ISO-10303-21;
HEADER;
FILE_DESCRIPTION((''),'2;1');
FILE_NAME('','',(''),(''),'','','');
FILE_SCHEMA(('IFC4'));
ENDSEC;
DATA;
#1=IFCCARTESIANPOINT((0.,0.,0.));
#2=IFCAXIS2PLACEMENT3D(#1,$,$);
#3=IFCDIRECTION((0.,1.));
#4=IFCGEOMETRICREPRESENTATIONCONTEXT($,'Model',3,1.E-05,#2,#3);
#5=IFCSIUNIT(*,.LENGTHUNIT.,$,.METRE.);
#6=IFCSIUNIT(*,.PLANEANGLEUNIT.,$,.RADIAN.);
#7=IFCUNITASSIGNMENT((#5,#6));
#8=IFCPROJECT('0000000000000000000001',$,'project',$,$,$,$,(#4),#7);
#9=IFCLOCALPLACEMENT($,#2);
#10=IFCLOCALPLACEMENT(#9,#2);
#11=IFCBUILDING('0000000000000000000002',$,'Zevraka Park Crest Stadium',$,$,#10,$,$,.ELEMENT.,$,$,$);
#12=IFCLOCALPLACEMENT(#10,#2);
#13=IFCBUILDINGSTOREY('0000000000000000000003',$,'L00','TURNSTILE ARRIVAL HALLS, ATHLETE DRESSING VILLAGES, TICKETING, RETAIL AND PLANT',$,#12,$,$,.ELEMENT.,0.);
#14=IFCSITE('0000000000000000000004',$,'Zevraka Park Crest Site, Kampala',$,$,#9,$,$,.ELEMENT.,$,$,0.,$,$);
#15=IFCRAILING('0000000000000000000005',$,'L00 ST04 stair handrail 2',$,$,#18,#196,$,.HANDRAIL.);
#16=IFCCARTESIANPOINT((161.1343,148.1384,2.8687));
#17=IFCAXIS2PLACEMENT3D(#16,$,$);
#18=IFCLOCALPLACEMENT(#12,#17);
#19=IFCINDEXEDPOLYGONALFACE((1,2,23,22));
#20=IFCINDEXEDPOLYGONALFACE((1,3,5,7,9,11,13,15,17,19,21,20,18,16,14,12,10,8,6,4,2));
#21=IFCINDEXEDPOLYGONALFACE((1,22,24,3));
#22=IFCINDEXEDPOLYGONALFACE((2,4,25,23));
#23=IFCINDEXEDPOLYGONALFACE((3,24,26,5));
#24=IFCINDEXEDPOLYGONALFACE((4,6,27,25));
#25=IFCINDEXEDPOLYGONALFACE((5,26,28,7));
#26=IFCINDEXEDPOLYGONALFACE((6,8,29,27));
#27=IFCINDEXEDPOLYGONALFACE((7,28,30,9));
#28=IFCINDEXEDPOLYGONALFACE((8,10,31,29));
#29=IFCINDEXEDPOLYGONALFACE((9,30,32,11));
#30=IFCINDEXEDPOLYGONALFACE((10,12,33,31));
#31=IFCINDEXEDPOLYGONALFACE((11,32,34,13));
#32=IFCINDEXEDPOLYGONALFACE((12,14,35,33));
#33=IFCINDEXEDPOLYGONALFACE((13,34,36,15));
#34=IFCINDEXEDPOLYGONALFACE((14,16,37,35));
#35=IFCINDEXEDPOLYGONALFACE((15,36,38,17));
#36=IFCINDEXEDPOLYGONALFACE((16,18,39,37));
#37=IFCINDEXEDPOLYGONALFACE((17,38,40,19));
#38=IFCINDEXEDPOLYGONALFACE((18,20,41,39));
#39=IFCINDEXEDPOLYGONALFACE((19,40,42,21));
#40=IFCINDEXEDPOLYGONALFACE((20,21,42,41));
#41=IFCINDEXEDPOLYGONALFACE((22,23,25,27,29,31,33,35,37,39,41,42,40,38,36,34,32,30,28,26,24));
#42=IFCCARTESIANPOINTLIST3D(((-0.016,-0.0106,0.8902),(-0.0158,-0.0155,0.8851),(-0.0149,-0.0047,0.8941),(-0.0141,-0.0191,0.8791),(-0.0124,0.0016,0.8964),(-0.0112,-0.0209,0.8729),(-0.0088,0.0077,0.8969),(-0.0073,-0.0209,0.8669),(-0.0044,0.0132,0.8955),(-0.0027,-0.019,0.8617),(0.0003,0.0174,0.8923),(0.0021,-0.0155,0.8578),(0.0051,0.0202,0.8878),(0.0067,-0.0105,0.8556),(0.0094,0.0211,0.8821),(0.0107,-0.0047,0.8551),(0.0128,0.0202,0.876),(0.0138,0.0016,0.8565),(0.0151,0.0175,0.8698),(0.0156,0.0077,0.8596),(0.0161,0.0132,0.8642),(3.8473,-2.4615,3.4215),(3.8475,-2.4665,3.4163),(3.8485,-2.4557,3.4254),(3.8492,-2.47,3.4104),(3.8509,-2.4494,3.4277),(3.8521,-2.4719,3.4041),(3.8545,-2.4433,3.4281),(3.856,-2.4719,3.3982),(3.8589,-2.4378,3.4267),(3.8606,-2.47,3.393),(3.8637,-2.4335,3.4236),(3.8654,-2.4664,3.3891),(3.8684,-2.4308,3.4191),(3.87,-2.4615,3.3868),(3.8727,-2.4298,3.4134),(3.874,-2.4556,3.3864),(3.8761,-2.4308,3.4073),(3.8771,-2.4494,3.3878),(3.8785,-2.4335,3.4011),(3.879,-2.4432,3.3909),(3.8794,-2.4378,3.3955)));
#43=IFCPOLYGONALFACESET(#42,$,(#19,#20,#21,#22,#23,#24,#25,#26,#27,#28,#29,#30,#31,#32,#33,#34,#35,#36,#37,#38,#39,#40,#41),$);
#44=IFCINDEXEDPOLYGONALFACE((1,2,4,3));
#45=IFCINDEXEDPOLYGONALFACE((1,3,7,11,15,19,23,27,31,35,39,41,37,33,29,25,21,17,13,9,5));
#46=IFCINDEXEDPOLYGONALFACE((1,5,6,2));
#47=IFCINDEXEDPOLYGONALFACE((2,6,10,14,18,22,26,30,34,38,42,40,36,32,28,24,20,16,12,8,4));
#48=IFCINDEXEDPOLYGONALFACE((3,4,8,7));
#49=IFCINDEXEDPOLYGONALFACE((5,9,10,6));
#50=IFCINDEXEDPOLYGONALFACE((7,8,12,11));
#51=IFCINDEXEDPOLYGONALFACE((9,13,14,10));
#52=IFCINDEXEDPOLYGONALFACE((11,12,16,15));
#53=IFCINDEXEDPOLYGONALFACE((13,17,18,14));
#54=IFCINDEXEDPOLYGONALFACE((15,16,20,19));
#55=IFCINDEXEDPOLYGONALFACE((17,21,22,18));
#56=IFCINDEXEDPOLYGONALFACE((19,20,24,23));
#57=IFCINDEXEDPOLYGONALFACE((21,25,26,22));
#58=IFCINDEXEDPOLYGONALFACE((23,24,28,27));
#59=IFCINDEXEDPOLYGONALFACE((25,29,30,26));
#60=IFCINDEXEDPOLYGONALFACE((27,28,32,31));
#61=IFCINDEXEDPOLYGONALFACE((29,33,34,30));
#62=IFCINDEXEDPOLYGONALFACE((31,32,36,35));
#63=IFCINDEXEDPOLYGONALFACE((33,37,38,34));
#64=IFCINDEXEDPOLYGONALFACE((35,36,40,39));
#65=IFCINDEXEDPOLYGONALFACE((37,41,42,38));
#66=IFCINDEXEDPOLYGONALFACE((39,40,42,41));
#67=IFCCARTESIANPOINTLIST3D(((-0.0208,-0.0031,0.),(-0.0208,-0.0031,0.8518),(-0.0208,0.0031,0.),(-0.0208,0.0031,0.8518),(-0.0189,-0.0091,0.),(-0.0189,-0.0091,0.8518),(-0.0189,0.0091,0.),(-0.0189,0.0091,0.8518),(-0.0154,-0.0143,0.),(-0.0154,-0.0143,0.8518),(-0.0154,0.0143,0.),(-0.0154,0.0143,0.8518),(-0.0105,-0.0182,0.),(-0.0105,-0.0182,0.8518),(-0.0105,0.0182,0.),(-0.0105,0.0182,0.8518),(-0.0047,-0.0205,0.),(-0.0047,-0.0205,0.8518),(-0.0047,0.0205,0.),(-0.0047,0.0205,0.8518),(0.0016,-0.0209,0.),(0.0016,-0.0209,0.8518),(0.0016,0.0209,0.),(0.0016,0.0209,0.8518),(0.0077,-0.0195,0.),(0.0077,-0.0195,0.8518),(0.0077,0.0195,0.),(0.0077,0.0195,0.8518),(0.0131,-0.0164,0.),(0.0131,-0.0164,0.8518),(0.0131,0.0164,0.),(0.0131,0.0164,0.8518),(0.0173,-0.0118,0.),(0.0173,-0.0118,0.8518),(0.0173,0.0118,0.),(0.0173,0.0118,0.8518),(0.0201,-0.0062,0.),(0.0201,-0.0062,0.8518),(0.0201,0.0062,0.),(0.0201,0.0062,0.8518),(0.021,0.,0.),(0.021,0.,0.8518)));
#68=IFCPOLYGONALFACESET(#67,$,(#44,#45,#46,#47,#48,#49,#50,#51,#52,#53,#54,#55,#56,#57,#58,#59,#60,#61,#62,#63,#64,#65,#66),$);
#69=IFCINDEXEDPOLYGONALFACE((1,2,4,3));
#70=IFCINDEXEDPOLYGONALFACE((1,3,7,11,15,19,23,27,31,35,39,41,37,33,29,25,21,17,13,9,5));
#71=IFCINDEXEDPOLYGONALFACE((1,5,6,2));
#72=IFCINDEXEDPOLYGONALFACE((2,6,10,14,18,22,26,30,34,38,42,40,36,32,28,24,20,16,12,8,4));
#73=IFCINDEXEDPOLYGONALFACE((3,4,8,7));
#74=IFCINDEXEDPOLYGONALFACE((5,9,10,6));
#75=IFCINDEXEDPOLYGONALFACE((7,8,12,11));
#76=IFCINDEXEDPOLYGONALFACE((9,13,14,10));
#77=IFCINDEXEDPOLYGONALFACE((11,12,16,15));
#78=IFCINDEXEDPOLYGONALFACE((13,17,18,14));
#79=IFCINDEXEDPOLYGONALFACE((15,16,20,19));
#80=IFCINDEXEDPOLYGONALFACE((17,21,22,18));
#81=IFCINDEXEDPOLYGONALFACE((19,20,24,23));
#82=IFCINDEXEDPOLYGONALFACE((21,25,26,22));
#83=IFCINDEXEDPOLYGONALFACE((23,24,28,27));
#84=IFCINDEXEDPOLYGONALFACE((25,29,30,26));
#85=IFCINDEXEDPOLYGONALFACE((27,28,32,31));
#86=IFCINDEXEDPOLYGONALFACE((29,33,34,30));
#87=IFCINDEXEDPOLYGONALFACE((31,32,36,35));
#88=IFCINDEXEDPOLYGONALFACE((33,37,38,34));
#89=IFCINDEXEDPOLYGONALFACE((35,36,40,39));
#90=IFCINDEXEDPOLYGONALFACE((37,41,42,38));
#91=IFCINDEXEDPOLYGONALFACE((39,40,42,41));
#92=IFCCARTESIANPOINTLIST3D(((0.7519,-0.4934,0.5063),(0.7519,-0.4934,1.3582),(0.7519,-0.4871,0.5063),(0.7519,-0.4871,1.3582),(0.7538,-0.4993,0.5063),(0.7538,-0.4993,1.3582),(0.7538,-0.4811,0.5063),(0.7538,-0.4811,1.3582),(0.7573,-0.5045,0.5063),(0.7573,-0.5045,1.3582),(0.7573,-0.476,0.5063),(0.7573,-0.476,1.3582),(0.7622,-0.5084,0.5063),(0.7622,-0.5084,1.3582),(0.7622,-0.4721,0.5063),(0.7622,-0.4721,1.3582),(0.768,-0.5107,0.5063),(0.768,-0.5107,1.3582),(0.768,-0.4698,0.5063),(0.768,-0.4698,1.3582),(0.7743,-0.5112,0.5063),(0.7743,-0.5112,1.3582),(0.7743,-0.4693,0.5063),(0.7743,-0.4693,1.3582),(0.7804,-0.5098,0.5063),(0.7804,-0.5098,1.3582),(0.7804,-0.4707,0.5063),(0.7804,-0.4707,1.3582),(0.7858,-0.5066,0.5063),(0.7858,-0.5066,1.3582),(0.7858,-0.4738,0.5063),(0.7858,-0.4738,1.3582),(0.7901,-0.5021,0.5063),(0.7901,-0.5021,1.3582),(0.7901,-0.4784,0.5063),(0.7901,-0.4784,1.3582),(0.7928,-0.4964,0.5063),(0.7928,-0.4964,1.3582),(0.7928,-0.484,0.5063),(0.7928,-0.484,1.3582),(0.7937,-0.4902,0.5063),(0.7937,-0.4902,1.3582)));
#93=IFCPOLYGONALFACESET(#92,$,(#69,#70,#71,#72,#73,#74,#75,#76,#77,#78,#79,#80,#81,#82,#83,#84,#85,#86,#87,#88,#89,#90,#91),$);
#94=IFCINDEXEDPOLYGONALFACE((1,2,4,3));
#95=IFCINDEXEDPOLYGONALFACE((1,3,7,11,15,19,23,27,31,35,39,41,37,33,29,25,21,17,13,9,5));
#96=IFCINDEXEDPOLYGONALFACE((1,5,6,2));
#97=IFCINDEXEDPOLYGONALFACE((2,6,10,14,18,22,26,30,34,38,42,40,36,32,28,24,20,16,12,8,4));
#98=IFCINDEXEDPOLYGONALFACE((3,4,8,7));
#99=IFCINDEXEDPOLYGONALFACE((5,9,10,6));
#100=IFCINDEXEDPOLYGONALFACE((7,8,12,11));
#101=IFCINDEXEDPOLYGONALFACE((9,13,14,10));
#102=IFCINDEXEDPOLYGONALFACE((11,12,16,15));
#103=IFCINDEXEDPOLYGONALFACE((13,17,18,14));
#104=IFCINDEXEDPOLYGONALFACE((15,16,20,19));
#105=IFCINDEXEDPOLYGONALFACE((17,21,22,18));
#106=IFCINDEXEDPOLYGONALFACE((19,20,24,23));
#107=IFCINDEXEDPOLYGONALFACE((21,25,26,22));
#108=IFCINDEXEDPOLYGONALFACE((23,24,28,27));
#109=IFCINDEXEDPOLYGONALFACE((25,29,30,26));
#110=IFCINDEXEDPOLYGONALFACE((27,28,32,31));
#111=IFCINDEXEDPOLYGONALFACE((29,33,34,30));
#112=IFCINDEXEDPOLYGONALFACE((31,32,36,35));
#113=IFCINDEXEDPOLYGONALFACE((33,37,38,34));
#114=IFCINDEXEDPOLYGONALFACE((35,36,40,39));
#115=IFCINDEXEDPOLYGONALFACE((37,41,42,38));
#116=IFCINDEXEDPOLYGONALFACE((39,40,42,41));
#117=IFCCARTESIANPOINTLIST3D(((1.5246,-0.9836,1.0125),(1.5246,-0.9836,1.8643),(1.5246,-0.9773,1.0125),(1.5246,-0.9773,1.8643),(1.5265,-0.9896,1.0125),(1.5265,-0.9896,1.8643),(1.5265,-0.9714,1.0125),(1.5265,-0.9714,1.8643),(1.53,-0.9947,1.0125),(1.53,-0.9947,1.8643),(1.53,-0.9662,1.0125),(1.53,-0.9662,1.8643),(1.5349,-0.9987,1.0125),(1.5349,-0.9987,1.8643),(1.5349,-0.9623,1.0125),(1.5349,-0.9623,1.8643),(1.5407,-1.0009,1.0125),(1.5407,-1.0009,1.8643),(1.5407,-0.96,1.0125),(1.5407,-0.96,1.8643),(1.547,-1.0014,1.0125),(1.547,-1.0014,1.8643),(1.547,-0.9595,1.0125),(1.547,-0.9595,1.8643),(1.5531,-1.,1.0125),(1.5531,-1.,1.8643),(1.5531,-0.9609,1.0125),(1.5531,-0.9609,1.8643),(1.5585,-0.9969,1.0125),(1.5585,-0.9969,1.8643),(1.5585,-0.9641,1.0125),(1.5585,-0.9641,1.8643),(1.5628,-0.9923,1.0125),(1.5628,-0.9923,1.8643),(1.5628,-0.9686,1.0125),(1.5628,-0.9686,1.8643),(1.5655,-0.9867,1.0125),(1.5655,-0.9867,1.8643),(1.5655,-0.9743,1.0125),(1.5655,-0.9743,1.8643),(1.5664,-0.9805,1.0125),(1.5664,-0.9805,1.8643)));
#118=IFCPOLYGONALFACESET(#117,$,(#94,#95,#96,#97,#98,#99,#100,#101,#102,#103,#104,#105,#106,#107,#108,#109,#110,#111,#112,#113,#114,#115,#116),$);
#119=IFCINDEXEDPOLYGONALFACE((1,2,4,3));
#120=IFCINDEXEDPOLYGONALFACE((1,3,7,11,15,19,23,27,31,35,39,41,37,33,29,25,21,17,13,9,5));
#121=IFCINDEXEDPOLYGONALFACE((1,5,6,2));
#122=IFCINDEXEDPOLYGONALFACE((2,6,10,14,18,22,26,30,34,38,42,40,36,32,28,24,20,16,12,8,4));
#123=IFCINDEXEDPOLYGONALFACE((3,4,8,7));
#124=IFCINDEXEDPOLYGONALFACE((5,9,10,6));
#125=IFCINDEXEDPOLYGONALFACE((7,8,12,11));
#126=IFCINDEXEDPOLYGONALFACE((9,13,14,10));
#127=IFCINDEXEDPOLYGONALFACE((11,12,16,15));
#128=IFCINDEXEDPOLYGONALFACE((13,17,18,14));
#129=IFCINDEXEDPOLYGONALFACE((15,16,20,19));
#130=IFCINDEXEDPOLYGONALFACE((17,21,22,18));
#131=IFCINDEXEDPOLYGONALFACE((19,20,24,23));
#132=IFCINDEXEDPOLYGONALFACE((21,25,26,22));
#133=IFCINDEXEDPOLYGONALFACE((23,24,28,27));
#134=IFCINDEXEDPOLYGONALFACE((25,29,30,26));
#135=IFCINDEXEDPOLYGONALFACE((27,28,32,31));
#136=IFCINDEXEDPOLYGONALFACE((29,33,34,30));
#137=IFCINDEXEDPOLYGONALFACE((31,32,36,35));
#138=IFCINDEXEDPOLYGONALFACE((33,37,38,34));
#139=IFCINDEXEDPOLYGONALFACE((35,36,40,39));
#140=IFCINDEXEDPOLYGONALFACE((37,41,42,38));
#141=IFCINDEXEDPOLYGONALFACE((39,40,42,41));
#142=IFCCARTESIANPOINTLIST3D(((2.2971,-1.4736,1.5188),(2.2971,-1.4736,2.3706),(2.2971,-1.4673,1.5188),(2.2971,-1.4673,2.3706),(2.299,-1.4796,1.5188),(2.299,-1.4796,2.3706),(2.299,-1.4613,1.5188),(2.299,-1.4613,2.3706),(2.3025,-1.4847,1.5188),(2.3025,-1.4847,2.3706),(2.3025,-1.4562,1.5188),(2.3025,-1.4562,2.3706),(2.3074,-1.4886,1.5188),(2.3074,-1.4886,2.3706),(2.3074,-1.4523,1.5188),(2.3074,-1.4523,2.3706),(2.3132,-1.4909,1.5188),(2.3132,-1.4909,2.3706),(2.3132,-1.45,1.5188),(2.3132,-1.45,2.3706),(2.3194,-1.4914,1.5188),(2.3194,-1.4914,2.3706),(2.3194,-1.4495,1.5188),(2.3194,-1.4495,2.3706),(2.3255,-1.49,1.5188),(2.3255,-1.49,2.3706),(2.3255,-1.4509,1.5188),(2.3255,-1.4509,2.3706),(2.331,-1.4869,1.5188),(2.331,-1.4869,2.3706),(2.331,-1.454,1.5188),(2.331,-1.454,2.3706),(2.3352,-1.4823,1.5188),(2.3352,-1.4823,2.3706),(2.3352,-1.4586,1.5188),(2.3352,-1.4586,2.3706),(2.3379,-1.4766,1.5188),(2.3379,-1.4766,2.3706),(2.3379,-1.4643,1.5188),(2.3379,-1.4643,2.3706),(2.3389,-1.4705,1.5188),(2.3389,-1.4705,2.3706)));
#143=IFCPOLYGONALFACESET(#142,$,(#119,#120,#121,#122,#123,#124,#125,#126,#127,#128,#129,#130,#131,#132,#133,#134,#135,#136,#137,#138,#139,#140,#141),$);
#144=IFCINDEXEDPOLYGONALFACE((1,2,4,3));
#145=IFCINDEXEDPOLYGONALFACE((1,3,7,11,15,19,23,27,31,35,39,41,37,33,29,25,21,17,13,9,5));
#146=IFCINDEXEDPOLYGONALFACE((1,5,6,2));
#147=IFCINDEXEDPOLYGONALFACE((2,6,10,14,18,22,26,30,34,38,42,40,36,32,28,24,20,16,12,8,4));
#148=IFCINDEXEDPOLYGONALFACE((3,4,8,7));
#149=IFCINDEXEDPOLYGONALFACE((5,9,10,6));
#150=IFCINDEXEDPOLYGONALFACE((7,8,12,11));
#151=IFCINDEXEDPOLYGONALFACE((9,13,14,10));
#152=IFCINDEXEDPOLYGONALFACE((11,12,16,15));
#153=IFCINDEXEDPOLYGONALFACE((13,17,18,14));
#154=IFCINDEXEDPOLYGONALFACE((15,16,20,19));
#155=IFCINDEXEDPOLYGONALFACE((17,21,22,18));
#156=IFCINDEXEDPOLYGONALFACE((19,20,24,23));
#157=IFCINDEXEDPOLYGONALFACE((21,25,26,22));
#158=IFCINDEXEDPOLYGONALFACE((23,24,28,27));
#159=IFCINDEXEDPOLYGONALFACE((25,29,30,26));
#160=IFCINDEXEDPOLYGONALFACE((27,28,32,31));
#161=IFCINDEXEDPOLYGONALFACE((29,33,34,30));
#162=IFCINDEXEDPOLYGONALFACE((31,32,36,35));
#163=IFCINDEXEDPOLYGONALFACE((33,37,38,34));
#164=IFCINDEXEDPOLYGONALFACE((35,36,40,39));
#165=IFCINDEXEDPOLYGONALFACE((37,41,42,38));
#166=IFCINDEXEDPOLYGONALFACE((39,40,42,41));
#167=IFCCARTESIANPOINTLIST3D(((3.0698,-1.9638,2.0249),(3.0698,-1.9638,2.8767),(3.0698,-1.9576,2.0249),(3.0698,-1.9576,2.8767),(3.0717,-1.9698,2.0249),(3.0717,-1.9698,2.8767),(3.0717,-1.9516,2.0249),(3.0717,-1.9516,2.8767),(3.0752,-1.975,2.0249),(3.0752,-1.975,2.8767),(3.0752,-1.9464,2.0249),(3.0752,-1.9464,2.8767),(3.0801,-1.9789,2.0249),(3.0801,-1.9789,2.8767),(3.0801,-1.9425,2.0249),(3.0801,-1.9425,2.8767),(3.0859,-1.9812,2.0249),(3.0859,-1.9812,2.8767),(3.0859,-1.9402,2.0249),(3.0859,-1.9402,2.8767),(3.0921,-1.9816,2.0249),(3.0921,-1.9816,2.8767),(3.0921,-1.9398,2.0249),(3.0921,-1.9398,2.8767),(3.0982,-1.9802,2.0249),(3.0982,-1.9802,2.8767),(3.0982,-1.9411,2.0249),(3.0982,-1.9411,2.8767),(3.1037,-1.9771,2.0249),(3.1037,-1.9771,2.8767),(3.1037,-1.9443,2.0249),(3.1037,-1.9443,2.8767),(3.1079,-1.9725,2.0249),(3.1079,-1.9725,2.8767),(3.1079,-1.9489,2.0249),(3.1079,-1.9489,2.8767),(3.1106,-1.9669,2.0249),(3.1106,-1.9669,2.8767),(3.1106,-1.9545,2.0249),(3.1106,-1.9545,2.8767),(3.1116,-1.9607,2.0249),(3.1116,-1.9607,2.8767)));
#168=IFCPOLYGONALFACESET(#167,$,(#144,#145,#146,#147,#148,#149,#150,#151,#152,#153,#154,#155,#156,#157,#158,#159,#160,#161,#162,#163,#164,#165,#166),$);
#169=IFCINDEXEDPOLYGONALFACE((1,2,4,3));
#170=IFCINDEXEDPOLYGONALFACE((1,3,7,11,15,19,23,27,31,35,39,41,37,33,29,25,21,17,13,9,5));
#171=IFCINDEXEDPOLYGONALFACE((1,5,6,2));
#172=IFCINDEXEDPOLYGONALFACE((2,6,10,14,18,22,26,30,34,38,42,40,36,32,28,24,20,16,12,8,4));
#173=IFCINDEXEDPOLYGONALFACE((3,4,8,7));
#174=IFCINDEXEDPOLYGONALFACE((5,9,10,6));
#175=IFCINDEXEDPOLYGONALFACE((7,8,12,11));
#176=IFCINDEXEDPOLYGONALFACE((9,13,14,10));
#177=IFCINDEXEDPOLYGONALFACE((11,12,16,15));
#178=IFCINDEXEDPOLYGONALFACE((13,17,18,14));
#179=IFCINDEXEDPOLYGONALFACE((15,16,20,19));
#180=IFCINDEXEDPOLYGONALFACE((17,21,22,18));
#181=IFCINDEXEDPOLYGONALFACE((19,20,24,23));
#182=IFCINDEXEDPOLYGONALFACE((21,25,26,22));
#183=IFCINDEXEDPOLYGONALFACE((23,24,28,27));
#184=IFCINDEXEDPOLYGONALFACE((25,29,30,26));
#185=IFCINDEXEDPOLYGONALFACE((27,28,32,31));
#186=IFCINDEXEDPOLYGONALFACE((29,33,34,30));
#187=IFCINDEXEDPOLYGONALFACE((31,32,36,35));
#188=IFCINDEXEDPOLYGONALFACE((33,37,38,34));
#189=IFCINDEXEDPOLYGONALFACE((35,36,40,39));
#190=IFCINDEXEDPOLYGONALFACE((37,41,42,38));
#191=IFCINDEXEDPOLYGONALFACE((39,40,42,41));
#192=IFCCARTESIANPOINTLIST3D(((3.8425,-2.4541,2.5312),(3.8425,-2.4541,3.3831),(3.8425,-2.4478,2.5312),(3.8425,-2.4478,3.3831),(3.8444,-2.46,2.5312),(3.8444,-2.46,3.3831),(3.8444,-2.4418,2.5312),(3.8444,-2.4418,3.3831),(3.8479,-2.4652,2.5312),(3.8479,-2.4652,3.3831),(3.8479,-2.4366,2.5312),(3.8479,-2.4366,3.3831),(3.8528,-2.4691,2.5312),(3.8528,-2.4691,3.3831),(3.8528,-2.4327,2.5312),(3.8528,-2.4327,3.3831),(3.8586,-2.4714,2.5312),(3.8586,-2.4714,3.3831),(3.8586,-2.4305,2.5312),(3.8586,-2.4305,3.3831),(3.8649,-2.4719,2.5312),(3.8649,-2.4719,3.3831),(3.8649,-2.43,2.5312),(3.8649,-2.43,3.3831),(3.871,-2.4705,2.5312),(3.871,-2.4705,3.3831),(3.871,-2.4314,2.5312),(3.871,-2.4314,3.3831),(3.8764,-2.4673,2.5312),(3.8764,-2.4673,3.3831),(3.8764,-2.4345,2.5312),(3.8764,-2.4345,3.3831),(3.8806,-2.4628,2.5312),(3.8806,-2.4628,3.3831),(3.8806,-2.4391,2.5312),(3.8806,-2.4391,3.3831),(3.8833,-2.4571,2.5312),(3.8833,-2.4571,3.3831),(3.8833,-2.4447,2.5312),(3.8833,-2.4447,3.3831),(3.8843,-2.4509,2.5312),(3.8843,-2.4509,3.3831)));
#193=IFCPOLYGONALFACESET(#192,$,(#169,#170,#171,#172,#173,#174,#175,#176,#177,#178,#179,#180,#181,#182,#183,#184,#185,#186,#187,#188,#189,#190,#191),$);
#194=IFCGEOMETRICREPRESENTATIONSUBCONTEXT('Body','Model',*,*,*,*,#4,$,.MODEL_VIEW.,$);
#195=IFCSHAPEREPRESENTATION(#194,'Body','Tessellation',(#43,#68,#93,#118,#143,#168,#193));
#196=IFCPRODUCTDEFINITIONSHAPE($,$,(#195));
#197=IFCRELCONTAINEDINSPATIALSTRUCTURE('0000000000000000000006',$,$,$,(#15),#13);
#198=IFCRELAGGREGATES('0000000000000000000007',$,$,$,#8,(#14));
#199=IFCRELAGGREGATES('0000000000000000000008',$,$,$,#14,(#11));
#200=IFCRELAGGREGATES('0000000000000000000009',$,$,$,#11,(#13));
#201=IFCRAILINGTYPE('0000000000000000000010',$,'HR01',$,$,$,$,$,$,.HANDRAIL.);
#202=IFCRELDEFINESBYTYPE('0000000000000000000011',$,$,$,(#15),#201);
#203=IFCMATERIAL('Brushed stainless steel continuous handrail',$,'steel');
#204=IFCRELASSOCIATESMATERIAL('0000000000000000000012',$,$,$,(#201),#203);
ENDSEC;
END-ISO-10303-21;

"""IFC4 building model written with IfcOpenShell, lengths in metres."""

from ifc_helpers import new_model, si_unit, direction, frame, origin, origin_2d, place, context, subcontext, project, spatial, circle, extrude, material, type_object, element, save


model = new_model("IFC4")

# Units and contexts
model_context = context("Model", 3, precision=1e-05, world=origin(), true_north=direction((0.0, 1.0)))
body_context = subcontext(model_context, "Body", "Model", "MODEL_VIEW")
ifc_project = project(units=[si_unit("LENGTHUNIT", "METRE"), si_unit("PLANEANGLEUNIT", "RADIAN")], contexts=[model_context])

# Site, building, storey
site_placement = place(None, origin())
site = spatial("IfcSite", under=ifc_project, at=site_placement, Name="Zevraka Park Crest Site, Kampala", CompositionType="ELEMENT", RefElevation=0.0)
building_placement = place(site_placement, origin())
building = spatial("IfcBuilding", under=site, at=building_placement, Name="Zevraka Park Crest Stadium", CompositionType="ELEMENT")
storey_placement = place(building_placement, origin())
storey = spatial("IfcBuildingStorey", under=building, at=storey_placement, Name="L00", Description="TURNSTILE ARRIVAL HALLS, ATHLETE DRESSING VILLAGES, TICKETING, RETAIL AND PLANT", CompositionType="ELEMENT", Elevation=0.0)

# Railing
ifc_material_1 = material(Name="Brushed stainless steel continuous handrail", Category="steel")
railing_type_1 = type_object("IfcRailingType", Name="HR01", PredefinedType="HANDRAIL", material=ifc_material_1)
railing_1_placement = place(storey_placement, frame((161.1343, 148.1384, 2.8687)))
element("IfcRailing", 1, at=railing_1_placement, inside=storey, type_object=railing_type_1, Name="L00 ST04 stair handrail 2", PredefinedType="HANDRAIL", context=body_context, shape_type="SweptSolid", body=[
    extrude(circle(Radius=0.0239, at=origin_2d()), frame((0.0, 0.0, 0.876), z_axis=(0.738862, -0.468746, 0.484108), x_axis=(0.535704, 0.844406, 0.0)), (0.0, 0.0, 1.0), 5.2288),
    extrude(circle(Radius=0.021, at=origin_2d()), origin(), (0.0, 0.0, 1.0), 0.8518),
    extrude(circle(Radius=0.021, at=origin_2d()), frame((0.7727, -0.4902, 0.5063)), (0.0, 0.0, 1.0), 0.8518),
    extrude(circle(Radius=0.021, at=origin_2d()), frame((1.5454, -0.9805, 1.0125)), (0.0, 0.0, 1.0), 0.8518),
    extrude(circle(Radius=0.021, at=origin_2d()), frame((2.3179, -1.4705, 1.5188)), (0.0, 0.0, 1.0), 0.8518),
    extrude(circle(Radius=0.021, at=origin_2d()), frame((3.0906, -1.9607, 2.0249)), (0.0, 0.0, 1.0), 0.8518),
    extrude(circle(Radius=0.021, at=origin_2d()), frame((3.8633, -2.4509, 2.5312)), (0.0, 0.0, 1.0), 0.8518),
])

save(model, "model.ifc")
